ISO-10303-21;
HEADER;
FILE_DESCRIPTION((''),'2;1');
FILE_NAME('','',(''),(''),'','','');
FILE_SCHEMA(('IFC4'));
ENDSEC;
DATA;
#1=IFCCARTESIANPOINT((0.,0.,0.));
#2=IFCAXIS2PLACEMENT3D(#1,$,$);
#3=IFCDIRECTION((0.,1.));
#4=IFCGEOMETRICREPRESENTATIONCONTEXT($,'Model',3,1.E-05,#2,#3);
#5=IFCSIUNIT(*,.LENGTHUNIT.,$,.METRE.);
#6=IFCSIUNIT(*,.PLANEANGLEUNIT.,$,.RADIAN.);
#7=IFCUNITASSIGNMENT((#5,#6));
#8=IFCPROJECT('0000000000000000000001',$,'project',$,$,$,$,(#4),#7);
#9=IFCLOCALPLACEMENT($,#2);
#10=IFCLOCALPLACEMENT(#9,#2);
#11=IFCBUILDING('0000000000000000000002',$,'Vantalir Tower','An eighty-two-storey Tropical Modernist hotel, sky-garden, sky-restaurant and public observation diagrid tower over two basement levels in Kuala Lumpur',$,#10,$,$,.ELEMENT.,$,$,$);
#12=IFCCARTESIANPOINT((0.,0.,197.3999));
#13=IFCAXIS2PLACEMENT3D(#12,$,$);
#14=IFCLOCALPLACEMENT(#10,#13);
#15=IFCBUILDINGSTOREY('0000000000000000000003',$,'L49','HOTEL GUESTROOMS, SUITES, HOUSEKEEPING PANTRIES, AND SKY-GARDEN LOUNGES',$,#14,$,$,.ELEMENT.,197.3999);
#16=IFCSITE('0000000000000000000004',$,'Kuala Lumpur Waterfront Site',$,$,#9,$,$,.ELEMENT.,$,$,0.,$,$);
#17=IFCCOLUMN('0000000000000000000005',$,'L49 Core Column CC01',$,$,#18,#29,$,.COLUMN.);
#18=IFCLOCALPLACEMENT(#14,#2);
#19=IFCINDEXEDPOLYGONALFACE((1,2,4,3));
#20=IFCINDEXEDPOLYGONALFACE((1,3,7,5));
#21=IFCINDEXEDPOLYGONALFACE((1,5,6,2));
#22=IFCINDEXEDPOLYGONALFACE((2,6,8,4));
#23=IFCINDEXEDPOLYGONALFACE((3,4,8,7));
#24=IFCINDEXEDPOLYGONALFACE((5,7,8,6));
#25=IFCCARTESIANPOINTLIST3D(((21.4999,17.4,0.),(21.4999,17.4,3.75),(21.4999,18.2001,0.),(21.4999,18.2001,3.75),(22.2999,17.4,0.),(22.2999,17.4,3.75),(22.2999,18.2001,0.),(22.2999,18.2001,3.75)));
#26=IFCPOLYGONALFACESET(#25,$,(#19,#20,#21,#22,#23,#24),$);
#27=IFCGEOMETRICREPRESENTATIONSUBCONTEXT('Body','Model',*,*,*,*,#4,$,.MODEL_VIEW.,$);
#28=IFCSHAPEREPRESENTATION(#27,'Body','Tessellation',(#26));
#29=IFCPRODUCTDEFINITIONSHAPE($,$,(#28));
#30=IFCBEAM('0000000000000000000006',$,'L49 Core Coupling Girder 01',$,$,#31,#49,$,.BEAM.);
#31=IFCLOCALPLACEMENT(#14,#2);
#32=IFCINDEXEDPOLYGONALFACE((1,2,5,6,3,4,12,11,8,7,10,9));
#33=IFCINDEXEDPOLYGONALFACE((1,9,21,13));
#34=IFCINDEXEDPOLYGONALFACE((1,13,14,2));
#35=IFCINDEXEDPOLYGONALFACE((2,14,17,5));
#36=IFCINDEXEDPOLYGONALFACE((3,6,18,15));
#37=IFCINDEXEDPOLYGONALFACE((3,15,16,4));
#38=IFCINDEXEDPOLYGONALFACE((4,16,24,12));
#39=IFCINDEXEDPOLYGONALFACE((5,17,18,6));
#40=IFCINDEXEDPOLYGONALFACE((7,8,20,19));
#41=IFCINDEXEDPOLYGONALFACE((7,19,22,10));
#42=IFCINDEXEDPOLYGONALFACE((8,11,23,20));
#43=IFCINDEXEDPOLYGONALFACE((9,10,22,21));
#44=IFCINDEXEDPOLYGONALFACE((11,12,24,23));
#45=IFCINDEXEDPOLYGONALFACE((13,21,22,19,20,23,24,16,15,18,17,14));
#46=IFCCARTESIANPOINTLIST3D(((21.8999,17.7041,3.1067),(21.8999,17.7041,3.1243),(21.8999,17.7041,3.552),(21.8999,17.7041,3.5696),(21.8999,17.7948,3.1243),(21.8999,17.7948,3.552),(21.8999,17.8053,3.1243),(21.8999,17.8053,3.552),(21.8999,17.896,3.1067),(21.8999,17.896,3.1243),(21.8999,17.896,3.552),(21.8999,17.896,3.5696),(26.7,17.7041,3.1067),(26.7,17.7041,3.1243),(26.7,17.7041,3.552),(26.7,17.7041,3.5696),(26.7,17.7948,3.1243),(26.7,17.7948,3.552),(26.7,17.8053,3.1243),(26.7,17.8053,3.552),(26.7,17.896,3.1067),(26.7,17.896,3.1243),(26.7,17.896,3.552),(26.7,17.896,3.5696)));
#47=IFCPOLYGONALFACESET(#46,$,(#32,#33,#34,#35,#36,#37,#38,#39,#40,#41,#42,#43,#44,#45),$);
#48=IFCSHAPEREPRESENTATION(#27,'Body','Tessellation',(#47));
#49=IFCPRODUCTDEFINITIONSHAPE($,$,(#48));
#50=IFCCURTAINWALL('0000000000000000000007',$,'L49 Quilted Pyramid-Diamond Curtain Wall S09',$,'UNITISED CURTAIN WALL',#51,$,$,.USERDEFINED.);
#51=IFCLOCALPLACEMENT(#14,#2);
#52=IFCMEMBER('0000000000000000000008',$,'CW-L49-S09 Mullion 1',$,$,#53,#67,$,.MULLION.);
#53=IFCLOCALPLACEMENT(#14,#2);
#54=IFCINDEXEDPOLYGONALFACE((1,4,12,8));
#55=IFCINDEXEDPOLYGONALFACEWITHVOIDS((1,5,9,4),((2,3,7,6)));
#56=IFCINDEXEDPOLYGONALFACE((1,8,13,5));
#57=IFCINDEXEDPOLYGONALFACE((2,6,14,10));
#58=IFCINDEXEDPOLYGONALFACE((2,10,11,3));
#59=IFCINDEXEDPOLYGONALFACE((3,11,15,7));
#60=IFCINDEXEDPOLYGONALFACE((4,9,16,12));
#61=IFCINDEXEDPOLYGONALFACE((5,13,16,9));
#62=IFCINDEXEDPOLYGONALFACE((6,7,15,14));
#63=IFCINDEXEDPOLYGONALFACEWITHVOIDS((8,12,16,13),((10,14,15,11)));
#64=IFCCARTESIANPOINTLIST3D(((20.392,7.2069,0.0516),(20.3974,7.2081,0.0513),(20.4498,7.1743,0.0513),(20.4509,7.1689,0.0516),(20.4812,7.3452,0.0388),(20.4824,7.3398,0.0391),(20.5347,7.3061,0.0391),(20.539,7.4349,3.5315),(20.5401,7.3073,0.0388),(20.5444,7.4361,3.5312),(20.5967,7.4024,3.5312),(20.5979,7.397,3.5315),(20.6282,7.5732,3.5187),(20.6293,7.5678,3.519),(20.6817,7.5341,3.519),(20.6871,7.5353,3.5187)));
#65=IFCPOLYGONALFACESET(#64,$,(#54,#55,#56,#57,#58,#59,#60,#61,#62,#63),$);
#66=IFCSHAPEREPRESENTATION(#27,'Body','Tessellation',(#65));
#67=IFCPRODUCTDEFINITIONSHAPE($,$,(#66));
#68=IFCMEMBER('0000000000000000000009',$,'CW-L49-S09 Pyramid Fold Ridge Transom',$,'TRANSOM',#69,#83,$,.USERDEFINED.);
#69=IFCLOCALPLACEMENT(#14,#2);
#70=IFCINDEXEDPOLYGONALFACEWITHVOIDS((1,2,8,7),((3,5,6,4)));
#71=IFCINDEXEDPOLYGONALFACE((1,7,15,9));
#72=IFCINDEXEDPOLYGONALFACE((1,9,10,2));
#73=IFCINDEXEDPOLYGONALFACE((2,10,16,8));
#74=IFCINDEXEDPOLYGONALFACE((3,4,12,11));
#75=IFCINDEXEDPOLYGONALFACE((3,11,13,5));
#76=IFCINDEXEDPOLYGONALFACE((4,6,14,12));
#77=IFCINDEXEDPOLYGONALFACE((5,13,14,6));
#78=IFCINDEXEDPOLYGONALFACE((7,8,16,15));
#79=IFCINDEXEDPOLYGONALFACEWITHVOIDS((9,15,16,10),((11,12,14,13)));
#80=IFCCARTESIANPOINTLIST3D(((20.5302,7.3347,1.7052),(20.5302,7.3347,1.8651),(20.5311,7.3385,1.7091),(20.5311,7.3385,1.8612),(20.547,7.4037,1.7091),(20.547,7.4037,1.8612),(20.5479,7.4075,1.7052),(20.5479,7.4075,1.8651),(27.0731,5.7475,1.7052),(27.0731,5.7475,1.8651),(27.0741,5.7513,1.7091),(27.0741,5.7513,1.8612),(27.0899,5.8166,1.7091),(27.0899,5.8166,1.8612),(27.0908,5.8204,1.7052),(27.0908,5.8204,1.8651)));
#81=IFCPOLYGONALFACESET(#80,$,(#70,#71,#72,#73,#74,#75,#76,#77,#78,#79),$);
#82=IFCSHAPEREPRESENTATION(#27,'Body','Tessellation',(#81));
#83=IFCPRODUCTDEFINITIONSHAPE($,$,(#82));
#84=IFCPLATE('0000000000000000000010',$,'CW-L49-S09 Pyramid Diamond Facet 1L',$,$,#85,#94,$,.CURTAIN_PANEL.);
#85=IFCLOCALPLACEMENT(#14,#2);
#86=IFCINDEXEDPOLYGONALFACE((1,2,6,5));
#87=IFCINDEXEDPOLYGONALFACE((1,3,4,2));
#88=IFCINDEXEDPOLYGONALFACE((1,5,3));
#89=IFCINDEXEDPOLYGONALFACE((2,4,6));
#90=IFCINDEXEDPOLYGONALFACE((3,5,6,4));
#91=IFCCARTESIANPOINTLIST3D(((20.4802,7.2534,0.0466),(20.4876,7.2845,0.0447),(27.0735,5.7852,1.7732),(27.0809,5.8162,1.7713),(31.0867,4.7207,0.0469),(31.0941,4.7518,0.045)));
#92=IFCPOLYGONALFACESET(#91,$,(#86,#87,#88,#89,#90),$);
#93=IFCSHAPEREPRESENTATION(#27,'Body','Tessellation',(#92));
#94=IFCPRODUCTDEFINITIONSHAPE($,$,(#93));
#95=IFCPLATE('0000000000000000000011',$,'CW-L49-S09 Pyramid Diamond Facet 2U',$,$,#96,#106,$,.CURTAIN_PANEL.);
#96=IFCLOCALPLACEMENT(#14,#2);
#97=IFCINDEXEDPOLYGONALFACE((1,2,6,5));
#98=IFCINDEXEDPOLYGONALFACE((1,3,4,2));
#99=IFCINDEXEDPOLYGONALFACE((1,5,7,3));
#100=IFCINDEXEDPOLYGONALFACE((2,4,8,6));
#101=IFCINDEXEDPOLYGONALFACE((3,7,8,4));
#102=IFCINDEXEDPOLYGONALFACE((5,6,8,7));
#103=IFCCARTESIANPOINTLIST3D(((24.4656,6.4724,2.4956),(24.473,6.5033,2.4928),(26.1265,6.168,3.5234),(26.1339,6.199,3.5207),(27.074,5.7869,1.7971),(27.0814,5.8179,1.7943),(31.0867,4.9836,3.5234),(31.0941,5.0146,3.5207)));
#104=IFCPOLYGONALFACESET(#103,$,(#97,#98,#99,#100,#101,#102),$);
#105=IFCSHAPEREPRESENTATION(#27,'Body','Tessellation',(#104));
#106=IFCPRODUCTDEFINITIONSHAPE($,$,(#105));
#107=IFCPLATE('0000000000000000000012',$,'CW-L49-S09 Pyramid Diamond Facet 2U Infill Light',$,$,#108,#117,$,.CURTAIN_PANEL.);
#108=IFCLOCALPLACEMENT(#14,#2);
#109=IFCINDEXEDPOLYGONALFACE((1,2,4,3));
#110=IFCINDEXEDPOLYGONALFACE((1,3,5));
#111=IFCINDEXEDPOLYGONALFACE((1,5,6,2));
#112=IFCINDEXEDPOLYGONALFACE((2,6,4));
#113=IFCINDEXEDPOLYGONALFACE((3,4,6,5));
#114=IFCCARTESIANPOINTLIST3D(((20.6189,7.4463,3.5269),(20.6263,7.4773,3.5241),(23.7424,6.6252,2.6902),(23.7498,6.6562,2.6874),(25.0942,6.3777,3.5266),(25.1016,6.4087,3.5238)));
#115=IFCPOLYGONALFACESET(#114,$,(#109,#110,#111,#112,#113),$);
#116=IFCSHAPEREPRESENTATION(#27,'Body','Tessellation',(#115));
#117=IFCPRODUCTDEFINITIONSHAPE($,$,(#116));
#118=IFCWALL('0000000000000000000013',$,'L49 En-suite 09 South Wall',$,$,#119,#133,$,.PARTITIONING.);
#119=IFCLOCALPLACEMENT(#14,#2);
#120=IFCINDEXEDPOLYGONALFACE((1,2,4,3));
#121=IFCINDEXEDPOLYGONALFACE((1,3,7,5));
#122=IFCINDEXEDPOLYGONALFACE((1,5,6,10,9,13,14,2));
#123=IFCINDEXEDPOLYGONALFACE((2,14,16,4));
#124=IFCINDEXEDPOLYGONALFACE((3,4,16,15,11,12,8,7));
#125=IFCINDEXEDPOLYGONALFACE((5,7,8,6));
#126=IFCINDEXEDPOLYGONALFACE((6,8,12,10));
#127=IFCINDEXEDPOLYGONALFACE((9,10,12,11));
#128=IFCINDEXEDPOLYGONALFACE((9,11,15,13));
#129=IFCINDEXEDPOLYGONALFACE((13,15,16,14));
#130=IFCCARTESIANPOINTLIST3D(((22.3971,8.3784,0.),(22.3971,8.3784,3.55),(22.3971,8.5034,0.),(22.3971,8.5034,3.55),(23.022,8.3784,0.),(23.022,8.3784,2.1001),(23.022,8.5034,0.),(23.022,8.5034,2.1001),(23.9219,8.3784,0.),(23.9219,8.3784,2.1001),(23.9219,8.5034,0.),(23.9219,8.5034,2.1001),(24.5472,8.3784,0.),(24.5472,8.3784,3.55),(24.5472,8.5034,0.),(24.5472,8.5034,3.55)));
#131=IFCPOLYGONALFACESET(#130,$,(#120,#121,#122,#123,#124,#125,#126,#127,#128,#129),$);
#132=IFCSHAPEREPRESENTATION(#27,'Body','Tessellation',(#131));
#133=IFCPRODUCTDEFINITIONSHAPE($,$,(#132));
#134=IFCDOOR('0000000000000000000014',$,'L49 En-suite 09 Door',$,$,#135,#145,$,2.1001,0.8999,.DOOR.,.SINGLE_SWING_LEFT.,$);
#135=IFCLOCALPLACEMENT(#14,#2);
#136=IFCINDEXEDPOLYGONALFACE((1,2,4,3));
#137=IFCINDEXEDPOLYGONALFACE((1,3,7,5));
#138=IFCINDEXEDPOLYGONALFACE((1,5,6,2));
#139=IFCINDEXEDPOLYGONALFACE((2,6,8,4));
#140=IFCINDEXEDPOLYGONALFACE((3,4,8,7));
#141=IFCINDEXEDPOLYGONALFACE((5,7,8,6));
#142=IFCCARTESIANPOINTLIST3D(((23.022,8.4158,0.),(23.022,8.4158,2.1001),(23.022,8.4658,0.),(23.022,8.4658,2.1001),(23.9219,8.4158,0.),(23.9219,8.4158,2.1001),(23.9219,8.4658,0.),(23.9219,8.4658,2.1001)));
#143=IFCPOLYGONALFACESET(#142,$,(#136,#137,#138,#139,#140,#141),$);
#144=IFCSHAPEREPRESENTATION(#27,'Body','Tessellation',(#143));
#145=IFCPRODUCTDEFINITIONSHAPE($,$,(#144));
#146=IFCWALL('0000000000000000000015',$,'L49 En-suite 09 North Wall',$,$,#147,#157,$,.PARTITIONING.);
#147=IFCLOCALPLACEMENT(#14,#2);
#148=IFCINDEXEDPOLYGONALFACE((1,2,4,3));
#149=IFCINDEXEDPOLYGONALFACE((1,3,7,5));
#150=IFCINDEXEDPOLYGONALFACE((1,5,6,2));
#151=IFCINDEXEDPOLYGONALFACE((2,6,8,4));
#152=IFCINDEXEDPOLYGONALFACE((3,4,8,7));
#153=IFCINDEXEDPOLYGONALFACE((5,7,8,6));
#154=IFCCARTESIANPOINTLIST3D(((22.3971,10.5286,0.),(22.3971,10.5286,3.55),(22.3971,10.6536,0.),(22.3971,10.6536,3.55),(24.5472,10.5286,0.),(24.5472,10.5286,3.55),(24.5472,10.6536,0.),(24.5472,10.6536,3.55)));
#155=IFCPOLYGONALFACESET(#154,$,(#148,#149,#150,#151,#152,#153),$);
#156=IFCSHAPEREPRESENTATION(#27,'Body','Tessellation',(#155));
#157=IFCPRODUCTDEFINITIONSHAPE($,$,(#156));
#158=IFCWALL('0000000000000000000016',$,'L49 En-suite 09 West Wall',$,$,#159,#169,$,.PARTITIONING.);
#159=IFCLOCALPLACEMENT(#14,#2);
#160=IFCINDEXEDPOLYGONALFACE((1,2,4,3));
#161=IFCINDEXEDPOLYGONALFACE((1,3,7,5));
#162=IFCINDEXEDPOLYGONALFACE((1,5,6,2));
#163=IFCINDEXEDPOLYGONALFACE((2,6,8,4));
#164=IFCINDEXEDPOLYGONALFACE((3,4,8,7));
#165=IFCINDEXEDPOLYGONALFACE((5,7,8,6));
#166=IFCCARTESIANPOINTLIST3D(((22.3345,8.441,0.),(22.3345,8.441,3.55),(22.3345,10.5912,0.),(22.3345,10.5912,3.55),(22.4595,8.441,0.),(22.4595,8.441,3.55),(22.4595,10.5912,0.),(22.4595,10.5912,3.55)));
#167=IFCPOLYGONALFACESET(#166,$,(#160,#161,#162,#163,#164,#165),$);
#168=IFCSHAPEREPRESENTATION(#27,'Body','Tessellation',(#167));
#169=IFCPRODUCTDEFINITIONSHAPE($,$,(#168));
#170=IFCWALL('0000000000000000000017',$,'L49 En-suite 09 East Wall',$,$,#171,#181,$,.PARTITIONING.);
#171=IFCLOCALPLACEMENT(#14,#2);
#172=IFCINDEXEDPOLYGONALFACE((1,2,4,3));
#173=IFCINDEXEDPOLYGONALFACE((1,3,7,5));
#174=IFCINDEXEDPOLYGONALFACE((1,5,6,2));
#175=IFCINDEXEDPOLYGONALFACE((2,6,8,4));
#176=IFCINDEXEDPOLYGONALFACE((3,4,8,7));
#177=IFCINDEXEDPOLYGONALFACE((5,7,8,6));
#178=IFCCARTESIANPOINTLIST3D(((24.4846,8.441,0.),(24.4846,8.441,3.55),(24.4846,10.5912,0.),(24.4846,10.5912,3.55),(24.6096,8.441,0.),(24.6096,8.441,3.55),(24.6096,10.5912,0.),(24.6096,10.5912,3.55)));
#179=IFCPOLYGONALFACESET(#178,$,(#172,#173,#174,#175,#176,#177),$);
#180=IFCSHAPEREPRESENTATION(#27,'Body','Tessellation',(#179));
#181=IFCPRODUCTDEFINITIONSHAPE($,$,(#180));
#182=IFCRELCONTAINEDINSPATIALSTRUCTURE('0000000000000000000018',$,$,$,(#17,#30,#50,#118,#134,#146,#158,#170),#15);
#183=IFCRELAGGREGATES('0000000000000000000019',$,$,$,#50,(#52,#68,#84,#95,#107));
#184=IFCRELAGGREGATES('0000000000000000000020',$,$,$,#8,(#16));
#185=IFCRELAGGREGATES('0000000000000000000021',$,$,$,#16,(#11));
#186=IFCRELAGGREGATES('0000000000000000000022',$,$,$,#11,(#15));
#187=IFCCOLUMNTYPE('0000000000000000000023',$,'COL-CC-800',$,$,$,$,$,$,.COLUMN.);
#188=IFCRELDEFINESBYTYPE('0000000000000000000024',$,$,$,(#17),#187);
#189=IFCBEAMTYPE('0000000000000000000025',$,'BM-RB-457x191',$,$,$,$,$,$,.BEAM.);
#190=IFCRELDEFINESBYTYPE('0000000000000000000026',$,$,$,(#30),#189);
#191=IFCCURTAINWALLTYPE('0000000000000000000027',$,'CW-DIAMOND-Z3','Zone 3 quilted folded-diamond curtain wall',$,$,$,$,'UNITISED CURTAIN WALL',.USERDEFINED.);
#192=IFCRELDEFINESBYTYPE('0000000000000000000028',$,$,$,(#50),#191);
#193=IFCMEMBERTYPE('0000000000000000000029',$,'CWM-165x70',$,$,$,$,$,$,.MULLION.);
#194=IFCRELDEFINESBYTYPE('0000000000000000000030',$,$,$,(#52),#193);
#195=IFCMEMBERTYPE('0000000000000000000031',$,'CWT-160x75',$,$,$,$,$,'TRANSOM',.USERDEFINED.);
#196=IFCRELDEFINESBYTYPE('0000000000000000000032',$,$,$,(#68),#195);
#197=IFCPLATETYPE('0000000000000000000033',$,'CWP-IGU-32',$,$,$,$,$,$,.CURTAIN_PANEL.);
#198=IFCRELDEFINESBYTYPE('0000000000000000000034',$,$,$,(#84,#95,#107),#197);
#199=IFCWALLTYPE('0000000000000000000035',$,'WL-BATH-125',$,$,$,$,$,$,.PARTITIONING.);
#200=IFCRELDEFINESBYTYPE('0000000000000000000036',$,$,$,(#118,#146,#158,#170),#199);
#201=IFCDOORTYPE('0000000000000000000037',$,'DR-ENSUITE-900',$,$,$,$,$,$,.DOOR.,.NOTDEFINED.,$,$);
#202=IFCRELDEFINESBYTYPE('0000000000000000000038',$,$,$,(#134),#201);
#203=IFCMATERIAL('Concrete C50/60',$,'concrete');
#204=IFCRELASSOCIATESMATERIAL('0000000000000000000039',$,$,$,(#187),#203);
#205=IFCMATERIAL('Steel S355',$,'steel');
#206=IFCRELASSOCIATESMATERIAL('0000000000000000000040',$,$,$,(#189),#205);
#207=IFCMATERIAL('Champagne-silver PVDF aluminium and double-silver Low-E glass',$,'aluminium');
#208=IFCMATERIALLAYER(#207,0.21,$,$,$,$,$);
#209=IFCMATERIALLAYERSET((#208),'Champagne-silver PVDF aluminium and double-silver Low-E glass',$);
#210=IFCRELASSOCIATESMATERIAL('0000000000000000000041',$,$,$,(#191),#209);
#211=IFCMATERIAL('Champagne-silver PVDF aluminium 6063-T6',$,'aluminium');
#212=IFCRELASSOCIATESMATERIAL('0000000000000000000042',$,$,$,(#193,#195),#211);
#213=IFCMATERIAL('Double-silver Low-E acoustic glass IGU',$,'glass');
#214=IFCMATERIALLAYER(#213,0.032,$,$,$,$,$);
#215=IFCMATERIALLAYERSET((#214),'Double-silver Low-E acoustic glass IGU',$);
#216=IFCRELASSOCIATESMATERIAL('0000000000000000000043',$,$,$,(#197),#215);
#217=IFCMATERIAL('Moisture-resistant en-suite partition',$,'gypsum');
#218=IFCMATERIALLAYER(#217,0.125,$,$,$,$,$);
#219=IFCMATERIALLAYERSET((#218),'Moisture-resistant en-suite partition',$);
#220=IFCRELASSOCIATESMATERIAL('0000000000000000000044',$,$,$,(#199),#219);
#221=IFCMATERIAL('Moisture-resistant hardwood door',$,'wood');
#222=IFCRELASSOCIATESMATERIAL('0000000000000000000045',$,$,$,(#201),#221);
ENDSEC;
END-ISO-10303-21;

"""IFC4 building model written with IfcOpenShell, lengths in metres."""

from ifc_helpers import new_model, si_unit, direction, frame, frame_2d, origin, origin_2d, place, context, subcontext, project, spatial, polyline, rectangle, hollow_rectangle, i_section, outline, extrude, material, layer, layer_set, material_profile, profile_set, type_object, element, fill, aggregate, save


model = new_model("IFC4")

# Units and contexts
model_context = context("Model", 3, precision=1e-05, world=origin(), true_north=direction((0.0, 1.0)))
body_context = subcontext(model_context, "Body", "Model", "MODEL_VIEW")
ifc_project = project(units=[si_unit("LENGTHUNIT", "METRE"), si_unit("PLANEANGLEUNIT", "RADIAN")], contexts=[model_context])

# Site, building, storey
site_placement = place(None, origin())
site = spatial("IfcSite", under=ifc_project, at=site_placement, Name="Kuala Lumpur Waterfront Site", CompositionType="ELEMENT", RefElevation=0.0)
building_placement = place(site_placement, origin())
building = spatial("IfcBuilding", under=site, at=building_placement, Name="Vantalir Tower", Description="An eighty-two-storey Tropical Modernist hotel, sky-garden, sky-restaurant and public observation diagrid tower over two basement levels in Kuala Lumpur", CompositionType="ELEMENT")
storey_placement = place(building_placement, frame((0.0, 0.0, 197.3999)))
storey = spatial("IfcBuildingStorey", under=building, at=storey_placement, Name="L49", Description="HOTEL GUESTROOMS, SUITES, HOUSEKEEPING PANTRIES, AND SKY-GARDEN LOUNGES", CompositionType="ELEMENT", Elevation=197.3999)

# Column
ifc_material_1 = material(Name="Concrete C50/60", Category="concrete")
ifc_material_profile_1 = material_profile(ifc_material_1, rectangle(XDim=0.8, YDim=0.8, at=origin_2d()), Name="Concrete C50/60")
ifc_profile_set_1 = profile_set([ifc_material_profile_1], Name="Concrete C50/60")
column_type = type_object("IfcColumnType", Name="COL-CC-800", PredefinedType="COLUMN", material=ifc_profile_set_1)
column_placement = place(storey_placement, frame((21.8999, 17.8, 0.0), z_axis=(0.0, 0.0, 1.0), x_axis=(1.0, 0.0, 0.0)))
element("IfcColumn", 1, at=column_placement, inside=storey, type_object=column_type, Name="L49 Core Column CC01", PredefinedType="COLUMN", context=body_context, shape_type="SweptSolid", body=[
    extrude(rectangle(XDim=0.8, YDim=0.8, at=origin_2d()), origin(), (0.0, 0.0, 1.0), 3.75),
])

# Beam
ifc_material_2 = material(Name="Steel S355", Category="steel")
ifc_material_profile_2 = material_profile(ifc_material_2, i_section(OverallWidth=0.1919, OverallDepth=0.4629, WebThickness=0.0105, FlangeThickness=0.0176, at=origin_2d()), Name="Steel S355")
ifc_profile_set_2 = profile_set([ifc_material_profile_2], Name="Steel S355")
beam_type = type_object("IfcBeamType", Name="BM-RB-457x191", PredefinedType="BEAM", material=ifc_profile_set_2)
beam_placement = place(storey_placement, frame((21.8999, 17.8, 3.3381), z_axis=(1.0, 0.0, 0.0), x_axis=(0.0, 1.0, 0.0)))
element("IfcBeam", 2, at=beam_placement, inside=storey, type_object=beam_type, Name="L49 Core Coupling Girder 01", PredefinedType="BEAM", context=body_context, shape_type="SweptSolid", body=[
    extrude(i_section(OverallWidth=0.1919, OverallDepth=0.4629, WebThickness=0.0105, FlangeThickness=0.0176, at=origin_2d()), origin(), (0.0, 0.0, 1.0), 4.8),
])

# Curtain wall, members, plates
ifc_material_3 = material(Name="Champagne-silver PVDF aluminium and double-silver Low-E glass", Category="aluminium")
ifc_layer_1 = layer(ifc_material_3, 0.21)
ifc_layer_set_1 = layer_set([ifc_layer_1], Name="Champagne-silver PVDF aluminium and double-silver Low-E glass")
curtain_wall_type = type_object("IfcCurtainWallType", Name="CW-DIAMOND-Z3", Description="Zone 3 quilted folded-diamond curtain wall", ElementType="UNITISED CURTAIN WALL", PredefinedType="USERDEFINED", material=ifc_layer_set_1)
curtain_wall_placement = place(storey_placement, origin())
curtain_wall = element("IfcCurtainWall", 3, at=curtain_wall_placement, inside=storey, type_object=curtain_wall_type, Name="L49 Quilted Pyramid-Diamond Curtain Wall S09", ObjectType="UNITISED CURTAIN WALL", PredefinedType="USERDEFINED")
ifc_material_4 = material(Name="Champagne-silver PVDF aluminium 6063-T6", Category="aluminium")
ifc_material_profile_3 = material_profile(ifc_material_4, hollow_rectangle(XDim=0.0701, YDim=0.165, WallThickness=0.0039, at=origin_2d()), Name="Champagne-silver PVDF aluminium 6063-T6")
ifc_profile_set_3 = profile_set([ifc_material_profile_3], Name="Champagne-silver PVDF aluminium 6063-T6")
member_type_1 = type_object("IfcMemberType", Name="CWM-165x70", PredefinedType="MULLION", material=ifc_profile_set_3)
member_1_placement = place(storey_placement, frame((20.4661, 7.2571, 0.0452), z_axis=(0.042106, 0.065327, 0.996975), x_axis=(-0.840535, 0.541758, 0.0)))
member_1 = element("IfcMember", 4, at=member_1_placement, type_object=member_type_1, Name="CW-L49-S09 Mullion 1", PredefinedType="MULLION", context=body_context, shape_type="SweptSolid", body=[
    extrude(hollow_rectangle(XDim=0.0701, YDim=0.165, WallThickness=0.0039, at=origin_2d()), origin(), (0.0, 0.0, 1.0), 3.4905),
])
ifc_material_profile_4 = material_profile(ifc_material_4, hollow_rectangle(XDim=0.075, YDim=0.1599, WallThickness=0.0039, at=origin_2d()), Name="Champagne-silver PVDF aluminium 6063-T6")
ifc_profile_set_4 = profile_set([ifc_material_profile_4], Name="Champagne-silver PVDF aluminium 6063-T6")
member_type_2 = type_object("IfcMemberType", Name="CWT-160x75", ElementType="TRANSOM", PredefinedType="USERDEFINED", material=ifc_profile_set_4)
member_2_placement = place(storey_placement, frame((20.5391, 7.3711, 1.7852), z_axis=(0.971817, -0.235738, 0.0), x_axis=(0.235738, 0.971817, 0.0)))
member_2 = element("IfcMember", 5, at=member_2_placement, type_object=member_type_2, Name="CW-L49-S09 Pyramid Fold Ridge Transom", ObjectType="TRANSOM", PredefinedType="USERDEFINED", context=body_context, shape_type="SweptSolid", body=[
    extrude(hollow_rectangle(XDim=0.075, YDim=0.1599, WallThickness=0.0039, at=origin_2d()), origin(), (0.0, 0.0, 1.0), 6.7327),
])
ifc_material_5 = material(Name="Double-silver Low-E acoustic glass IGU", Category="glass")
ifc_layer_2 = layer(ifc_material_5, 0.032)
ifc_layer_set_2 = layer_set([ifc_layer_2], Name="Double-silver Low-E acoustic glass IGU")
plate_type = type_object("IfcPlateType", Name="CWP-IGU-32", PredefinedType="CURTAIN_PANEL", material=ifc_layer_set_2)
plate_1_placement = place(storey_placement, frame((20.4802, 7.2534, 0.0466), z_axis=(-0.231847, -0.970919, 0.059695), x_axis=(0.972654, -0.23226, 0.000022)))
plate_1 = element("IfcPlate", 6, at=plate_1_placement, type_object=plate_type, Name="CW-L49-S09 Pyramid Diamond Facet 1L", PredefinedType="CURTAIN_PANEL", context=body_context, shape_type="SweptSolid", body=[
    extrude(outline(polyline([(0.0, 0.0), (10.9046, 0.0), (6.754, 1.7295), (0.0, 0.0)])), origin(), (0.0, 0.0, -1.0), 0.032),
])
plate_2_placement = place(storey_placement, frame((26.1265, 6.168, 3.5234), z_axis=(-0.23137, -0.968975, 0.086922), x_axis=(0.972656, -0.232249, 0.000001)))
plate_2 = element("IfcPlate", 7, at=plate_2_placement, type_object=plate_type, Name="CW-L49-S09 Pyramid Diamond Facet 2U", PredefinedType="CURTAIN_PANEL", context=body_context, shape_type="SweptSolid", body=[
    extrude(outline(polyline([(0.0, 0.0), (5.0996, 0.0), (1.0101, -1.7329), (-1.6862, -1.0317), (0.0, 0.0)])), origin(), (0.0, 0.0, -1.0), 0.032),
])
plate_3_placement = place(storey_placement, frame((20.6189, 7.4463, 3.5269), z_axis=(-0.231359, -0.968959, 0.087131), x_axis=(0.972657, -0.232247, -0.000053)))
plate_3 = element("IfcPlate", 8, at=plate_3_placement, type_object=plate_type, Name="CW-L49-S09 Pyramid Diamond Facet 2U Infill Light", PredefinedType="CURTAIN_PANEL", context=body_context, shape_type="SweptSolid", body=[
    extrude(outline(polyline([(0.0, 0.0), (4.6012, 0.0), (3.2289, -0.8397), (0.0, 0.0)])), origin(), (0.0, 0.0, -1.0), 0.032),
])
aggregate(curtain_wall, [member_1, member_2, plate_1, plate_2, plate_3])

# Wall, opening, door
ifc_material_6 = material(Name="Moisture-resistant en-suite partition", Category="gypsum")
ifc_layer_3 = layer(ifc_material_6, 0.125)
ifc_layer_set_3 = layer_set([ifc_layer_3], Name="Moisture-resistant en-suite partition")
wall_type_1 = type_object("IfcWallType", Name="WL-BATH-125", PredefinedType="PARTITIONING", material=ifc_layer_set_3)
wall_1_placement = place(storey_placement, frame((22.397, 8.4409, 0.0), z_axis=(0.0, 0.0, 1.0), x_axis=(1.0, 0.0, 0.0)))
wall_1 = element("IfcWall", 9, at=wall_1_placement, inside=storey, type_object=wall_type_1, Name="L49 En-suite 09 South Wall", PredefinedType="PARTITIONING", context=body_context, shape_type="SweptSolid", body=[
    extrude(rectangle(XDim=2.1501, YDim=0.125, at=frame_2d((1.0752, 0.0))), origin(), (0.0, 0.0, 1.0), 3.55),
])
opening_1_placement = place(wall_1_placement, frame((0.625, 0.0, 0.0)))
opening_1 = element("IfcOpeningElement", 10, at=opening_1_placement, cuts=wall_1, PredefinedType="OPENING", context=body_context, shape_type="SweptSolid", body=[
    extrude(rectangle(XDim=0.8999, YDim=2.1001, at=frame_2d((0.45, 1.05))), frame((0.0, 0.0725, 0.0), z_axis=(0.0, -1.0, 0.0), x_axis=(1.0, 0.0, 0.0)), (0.0, 0.0, 1.0), 0.145),
])
ifc_material_7 = material(Name="Moisture-resistant hardwood door", Category="wood")
door_type_1 = type_object("IfcDoorType", Name="DR-ENSUITE-900", OperationType="NOTDEFINED", PredefinedType="DOOR", material=ifc_material_7)
door_1_placement = place(opening_1_placement, origin())
door_1 = element("IfcDoor", 11, at=door_1_placement, inside=storey, type_object=door_type_1, Name="L49 En-suite 09 Door", OperationType="SINGLE_SWING_LEFT", OverallHeight=2.1001, OverallWidth=0.8999, PredefinedType="DOOR", context=body_context, shape_type="SweptSolid", body=[
    extrude(rectangle(XDim=0.8999, YDim=2.1001, at=frame_2d((0.45, 1.05))), frame((0.0, 0.0249, 0.0), z_axis=(0.0, -1.0, 0.0), x_axis=(1.0, 0.0, 0.0)), (0.0, 0.0, 1.0), 0.05),
])
fill(opening_1, door_1)

# Walls
for number, where, z_axis, x_axis, name in (
    (12, (22.397, 10.5911, 0.0), (0.0, 0.0, 1.0), (1.0, 0.0, 0.0), "L49 En-suite 09 North Wall"),
    (13, (22.397, 8.4409, 0.0), (0.0, 0.0, 1.0), (0.0, 1.0, 0.0), "L49 En-suite 09 West Wall"),
    (14, (24.5471, 8.4409, 0.0), (0.0, 0.0, 1.0), (0.0, 1.0, 0.0), "L49 En-suite 09 East Wall"),
):
    element("IfcWall", number, at=place(storey_placement, frame(where, z_axis=z_axis, x_axis=x_axis)), inside=storey, type_object=wall_type_1, Name=name, PredefinedType="PARTITIONING", context=body_context, shape_type="SweptSolid", body=[
        extrude(rectangle(XDim=2.1501, YDim=0.125, at=frame_2d((1.0752, 0.0))), origin(), (0.0, 0.0, 1.0), 3.55),
    ])

save(model, "model.ifc")
